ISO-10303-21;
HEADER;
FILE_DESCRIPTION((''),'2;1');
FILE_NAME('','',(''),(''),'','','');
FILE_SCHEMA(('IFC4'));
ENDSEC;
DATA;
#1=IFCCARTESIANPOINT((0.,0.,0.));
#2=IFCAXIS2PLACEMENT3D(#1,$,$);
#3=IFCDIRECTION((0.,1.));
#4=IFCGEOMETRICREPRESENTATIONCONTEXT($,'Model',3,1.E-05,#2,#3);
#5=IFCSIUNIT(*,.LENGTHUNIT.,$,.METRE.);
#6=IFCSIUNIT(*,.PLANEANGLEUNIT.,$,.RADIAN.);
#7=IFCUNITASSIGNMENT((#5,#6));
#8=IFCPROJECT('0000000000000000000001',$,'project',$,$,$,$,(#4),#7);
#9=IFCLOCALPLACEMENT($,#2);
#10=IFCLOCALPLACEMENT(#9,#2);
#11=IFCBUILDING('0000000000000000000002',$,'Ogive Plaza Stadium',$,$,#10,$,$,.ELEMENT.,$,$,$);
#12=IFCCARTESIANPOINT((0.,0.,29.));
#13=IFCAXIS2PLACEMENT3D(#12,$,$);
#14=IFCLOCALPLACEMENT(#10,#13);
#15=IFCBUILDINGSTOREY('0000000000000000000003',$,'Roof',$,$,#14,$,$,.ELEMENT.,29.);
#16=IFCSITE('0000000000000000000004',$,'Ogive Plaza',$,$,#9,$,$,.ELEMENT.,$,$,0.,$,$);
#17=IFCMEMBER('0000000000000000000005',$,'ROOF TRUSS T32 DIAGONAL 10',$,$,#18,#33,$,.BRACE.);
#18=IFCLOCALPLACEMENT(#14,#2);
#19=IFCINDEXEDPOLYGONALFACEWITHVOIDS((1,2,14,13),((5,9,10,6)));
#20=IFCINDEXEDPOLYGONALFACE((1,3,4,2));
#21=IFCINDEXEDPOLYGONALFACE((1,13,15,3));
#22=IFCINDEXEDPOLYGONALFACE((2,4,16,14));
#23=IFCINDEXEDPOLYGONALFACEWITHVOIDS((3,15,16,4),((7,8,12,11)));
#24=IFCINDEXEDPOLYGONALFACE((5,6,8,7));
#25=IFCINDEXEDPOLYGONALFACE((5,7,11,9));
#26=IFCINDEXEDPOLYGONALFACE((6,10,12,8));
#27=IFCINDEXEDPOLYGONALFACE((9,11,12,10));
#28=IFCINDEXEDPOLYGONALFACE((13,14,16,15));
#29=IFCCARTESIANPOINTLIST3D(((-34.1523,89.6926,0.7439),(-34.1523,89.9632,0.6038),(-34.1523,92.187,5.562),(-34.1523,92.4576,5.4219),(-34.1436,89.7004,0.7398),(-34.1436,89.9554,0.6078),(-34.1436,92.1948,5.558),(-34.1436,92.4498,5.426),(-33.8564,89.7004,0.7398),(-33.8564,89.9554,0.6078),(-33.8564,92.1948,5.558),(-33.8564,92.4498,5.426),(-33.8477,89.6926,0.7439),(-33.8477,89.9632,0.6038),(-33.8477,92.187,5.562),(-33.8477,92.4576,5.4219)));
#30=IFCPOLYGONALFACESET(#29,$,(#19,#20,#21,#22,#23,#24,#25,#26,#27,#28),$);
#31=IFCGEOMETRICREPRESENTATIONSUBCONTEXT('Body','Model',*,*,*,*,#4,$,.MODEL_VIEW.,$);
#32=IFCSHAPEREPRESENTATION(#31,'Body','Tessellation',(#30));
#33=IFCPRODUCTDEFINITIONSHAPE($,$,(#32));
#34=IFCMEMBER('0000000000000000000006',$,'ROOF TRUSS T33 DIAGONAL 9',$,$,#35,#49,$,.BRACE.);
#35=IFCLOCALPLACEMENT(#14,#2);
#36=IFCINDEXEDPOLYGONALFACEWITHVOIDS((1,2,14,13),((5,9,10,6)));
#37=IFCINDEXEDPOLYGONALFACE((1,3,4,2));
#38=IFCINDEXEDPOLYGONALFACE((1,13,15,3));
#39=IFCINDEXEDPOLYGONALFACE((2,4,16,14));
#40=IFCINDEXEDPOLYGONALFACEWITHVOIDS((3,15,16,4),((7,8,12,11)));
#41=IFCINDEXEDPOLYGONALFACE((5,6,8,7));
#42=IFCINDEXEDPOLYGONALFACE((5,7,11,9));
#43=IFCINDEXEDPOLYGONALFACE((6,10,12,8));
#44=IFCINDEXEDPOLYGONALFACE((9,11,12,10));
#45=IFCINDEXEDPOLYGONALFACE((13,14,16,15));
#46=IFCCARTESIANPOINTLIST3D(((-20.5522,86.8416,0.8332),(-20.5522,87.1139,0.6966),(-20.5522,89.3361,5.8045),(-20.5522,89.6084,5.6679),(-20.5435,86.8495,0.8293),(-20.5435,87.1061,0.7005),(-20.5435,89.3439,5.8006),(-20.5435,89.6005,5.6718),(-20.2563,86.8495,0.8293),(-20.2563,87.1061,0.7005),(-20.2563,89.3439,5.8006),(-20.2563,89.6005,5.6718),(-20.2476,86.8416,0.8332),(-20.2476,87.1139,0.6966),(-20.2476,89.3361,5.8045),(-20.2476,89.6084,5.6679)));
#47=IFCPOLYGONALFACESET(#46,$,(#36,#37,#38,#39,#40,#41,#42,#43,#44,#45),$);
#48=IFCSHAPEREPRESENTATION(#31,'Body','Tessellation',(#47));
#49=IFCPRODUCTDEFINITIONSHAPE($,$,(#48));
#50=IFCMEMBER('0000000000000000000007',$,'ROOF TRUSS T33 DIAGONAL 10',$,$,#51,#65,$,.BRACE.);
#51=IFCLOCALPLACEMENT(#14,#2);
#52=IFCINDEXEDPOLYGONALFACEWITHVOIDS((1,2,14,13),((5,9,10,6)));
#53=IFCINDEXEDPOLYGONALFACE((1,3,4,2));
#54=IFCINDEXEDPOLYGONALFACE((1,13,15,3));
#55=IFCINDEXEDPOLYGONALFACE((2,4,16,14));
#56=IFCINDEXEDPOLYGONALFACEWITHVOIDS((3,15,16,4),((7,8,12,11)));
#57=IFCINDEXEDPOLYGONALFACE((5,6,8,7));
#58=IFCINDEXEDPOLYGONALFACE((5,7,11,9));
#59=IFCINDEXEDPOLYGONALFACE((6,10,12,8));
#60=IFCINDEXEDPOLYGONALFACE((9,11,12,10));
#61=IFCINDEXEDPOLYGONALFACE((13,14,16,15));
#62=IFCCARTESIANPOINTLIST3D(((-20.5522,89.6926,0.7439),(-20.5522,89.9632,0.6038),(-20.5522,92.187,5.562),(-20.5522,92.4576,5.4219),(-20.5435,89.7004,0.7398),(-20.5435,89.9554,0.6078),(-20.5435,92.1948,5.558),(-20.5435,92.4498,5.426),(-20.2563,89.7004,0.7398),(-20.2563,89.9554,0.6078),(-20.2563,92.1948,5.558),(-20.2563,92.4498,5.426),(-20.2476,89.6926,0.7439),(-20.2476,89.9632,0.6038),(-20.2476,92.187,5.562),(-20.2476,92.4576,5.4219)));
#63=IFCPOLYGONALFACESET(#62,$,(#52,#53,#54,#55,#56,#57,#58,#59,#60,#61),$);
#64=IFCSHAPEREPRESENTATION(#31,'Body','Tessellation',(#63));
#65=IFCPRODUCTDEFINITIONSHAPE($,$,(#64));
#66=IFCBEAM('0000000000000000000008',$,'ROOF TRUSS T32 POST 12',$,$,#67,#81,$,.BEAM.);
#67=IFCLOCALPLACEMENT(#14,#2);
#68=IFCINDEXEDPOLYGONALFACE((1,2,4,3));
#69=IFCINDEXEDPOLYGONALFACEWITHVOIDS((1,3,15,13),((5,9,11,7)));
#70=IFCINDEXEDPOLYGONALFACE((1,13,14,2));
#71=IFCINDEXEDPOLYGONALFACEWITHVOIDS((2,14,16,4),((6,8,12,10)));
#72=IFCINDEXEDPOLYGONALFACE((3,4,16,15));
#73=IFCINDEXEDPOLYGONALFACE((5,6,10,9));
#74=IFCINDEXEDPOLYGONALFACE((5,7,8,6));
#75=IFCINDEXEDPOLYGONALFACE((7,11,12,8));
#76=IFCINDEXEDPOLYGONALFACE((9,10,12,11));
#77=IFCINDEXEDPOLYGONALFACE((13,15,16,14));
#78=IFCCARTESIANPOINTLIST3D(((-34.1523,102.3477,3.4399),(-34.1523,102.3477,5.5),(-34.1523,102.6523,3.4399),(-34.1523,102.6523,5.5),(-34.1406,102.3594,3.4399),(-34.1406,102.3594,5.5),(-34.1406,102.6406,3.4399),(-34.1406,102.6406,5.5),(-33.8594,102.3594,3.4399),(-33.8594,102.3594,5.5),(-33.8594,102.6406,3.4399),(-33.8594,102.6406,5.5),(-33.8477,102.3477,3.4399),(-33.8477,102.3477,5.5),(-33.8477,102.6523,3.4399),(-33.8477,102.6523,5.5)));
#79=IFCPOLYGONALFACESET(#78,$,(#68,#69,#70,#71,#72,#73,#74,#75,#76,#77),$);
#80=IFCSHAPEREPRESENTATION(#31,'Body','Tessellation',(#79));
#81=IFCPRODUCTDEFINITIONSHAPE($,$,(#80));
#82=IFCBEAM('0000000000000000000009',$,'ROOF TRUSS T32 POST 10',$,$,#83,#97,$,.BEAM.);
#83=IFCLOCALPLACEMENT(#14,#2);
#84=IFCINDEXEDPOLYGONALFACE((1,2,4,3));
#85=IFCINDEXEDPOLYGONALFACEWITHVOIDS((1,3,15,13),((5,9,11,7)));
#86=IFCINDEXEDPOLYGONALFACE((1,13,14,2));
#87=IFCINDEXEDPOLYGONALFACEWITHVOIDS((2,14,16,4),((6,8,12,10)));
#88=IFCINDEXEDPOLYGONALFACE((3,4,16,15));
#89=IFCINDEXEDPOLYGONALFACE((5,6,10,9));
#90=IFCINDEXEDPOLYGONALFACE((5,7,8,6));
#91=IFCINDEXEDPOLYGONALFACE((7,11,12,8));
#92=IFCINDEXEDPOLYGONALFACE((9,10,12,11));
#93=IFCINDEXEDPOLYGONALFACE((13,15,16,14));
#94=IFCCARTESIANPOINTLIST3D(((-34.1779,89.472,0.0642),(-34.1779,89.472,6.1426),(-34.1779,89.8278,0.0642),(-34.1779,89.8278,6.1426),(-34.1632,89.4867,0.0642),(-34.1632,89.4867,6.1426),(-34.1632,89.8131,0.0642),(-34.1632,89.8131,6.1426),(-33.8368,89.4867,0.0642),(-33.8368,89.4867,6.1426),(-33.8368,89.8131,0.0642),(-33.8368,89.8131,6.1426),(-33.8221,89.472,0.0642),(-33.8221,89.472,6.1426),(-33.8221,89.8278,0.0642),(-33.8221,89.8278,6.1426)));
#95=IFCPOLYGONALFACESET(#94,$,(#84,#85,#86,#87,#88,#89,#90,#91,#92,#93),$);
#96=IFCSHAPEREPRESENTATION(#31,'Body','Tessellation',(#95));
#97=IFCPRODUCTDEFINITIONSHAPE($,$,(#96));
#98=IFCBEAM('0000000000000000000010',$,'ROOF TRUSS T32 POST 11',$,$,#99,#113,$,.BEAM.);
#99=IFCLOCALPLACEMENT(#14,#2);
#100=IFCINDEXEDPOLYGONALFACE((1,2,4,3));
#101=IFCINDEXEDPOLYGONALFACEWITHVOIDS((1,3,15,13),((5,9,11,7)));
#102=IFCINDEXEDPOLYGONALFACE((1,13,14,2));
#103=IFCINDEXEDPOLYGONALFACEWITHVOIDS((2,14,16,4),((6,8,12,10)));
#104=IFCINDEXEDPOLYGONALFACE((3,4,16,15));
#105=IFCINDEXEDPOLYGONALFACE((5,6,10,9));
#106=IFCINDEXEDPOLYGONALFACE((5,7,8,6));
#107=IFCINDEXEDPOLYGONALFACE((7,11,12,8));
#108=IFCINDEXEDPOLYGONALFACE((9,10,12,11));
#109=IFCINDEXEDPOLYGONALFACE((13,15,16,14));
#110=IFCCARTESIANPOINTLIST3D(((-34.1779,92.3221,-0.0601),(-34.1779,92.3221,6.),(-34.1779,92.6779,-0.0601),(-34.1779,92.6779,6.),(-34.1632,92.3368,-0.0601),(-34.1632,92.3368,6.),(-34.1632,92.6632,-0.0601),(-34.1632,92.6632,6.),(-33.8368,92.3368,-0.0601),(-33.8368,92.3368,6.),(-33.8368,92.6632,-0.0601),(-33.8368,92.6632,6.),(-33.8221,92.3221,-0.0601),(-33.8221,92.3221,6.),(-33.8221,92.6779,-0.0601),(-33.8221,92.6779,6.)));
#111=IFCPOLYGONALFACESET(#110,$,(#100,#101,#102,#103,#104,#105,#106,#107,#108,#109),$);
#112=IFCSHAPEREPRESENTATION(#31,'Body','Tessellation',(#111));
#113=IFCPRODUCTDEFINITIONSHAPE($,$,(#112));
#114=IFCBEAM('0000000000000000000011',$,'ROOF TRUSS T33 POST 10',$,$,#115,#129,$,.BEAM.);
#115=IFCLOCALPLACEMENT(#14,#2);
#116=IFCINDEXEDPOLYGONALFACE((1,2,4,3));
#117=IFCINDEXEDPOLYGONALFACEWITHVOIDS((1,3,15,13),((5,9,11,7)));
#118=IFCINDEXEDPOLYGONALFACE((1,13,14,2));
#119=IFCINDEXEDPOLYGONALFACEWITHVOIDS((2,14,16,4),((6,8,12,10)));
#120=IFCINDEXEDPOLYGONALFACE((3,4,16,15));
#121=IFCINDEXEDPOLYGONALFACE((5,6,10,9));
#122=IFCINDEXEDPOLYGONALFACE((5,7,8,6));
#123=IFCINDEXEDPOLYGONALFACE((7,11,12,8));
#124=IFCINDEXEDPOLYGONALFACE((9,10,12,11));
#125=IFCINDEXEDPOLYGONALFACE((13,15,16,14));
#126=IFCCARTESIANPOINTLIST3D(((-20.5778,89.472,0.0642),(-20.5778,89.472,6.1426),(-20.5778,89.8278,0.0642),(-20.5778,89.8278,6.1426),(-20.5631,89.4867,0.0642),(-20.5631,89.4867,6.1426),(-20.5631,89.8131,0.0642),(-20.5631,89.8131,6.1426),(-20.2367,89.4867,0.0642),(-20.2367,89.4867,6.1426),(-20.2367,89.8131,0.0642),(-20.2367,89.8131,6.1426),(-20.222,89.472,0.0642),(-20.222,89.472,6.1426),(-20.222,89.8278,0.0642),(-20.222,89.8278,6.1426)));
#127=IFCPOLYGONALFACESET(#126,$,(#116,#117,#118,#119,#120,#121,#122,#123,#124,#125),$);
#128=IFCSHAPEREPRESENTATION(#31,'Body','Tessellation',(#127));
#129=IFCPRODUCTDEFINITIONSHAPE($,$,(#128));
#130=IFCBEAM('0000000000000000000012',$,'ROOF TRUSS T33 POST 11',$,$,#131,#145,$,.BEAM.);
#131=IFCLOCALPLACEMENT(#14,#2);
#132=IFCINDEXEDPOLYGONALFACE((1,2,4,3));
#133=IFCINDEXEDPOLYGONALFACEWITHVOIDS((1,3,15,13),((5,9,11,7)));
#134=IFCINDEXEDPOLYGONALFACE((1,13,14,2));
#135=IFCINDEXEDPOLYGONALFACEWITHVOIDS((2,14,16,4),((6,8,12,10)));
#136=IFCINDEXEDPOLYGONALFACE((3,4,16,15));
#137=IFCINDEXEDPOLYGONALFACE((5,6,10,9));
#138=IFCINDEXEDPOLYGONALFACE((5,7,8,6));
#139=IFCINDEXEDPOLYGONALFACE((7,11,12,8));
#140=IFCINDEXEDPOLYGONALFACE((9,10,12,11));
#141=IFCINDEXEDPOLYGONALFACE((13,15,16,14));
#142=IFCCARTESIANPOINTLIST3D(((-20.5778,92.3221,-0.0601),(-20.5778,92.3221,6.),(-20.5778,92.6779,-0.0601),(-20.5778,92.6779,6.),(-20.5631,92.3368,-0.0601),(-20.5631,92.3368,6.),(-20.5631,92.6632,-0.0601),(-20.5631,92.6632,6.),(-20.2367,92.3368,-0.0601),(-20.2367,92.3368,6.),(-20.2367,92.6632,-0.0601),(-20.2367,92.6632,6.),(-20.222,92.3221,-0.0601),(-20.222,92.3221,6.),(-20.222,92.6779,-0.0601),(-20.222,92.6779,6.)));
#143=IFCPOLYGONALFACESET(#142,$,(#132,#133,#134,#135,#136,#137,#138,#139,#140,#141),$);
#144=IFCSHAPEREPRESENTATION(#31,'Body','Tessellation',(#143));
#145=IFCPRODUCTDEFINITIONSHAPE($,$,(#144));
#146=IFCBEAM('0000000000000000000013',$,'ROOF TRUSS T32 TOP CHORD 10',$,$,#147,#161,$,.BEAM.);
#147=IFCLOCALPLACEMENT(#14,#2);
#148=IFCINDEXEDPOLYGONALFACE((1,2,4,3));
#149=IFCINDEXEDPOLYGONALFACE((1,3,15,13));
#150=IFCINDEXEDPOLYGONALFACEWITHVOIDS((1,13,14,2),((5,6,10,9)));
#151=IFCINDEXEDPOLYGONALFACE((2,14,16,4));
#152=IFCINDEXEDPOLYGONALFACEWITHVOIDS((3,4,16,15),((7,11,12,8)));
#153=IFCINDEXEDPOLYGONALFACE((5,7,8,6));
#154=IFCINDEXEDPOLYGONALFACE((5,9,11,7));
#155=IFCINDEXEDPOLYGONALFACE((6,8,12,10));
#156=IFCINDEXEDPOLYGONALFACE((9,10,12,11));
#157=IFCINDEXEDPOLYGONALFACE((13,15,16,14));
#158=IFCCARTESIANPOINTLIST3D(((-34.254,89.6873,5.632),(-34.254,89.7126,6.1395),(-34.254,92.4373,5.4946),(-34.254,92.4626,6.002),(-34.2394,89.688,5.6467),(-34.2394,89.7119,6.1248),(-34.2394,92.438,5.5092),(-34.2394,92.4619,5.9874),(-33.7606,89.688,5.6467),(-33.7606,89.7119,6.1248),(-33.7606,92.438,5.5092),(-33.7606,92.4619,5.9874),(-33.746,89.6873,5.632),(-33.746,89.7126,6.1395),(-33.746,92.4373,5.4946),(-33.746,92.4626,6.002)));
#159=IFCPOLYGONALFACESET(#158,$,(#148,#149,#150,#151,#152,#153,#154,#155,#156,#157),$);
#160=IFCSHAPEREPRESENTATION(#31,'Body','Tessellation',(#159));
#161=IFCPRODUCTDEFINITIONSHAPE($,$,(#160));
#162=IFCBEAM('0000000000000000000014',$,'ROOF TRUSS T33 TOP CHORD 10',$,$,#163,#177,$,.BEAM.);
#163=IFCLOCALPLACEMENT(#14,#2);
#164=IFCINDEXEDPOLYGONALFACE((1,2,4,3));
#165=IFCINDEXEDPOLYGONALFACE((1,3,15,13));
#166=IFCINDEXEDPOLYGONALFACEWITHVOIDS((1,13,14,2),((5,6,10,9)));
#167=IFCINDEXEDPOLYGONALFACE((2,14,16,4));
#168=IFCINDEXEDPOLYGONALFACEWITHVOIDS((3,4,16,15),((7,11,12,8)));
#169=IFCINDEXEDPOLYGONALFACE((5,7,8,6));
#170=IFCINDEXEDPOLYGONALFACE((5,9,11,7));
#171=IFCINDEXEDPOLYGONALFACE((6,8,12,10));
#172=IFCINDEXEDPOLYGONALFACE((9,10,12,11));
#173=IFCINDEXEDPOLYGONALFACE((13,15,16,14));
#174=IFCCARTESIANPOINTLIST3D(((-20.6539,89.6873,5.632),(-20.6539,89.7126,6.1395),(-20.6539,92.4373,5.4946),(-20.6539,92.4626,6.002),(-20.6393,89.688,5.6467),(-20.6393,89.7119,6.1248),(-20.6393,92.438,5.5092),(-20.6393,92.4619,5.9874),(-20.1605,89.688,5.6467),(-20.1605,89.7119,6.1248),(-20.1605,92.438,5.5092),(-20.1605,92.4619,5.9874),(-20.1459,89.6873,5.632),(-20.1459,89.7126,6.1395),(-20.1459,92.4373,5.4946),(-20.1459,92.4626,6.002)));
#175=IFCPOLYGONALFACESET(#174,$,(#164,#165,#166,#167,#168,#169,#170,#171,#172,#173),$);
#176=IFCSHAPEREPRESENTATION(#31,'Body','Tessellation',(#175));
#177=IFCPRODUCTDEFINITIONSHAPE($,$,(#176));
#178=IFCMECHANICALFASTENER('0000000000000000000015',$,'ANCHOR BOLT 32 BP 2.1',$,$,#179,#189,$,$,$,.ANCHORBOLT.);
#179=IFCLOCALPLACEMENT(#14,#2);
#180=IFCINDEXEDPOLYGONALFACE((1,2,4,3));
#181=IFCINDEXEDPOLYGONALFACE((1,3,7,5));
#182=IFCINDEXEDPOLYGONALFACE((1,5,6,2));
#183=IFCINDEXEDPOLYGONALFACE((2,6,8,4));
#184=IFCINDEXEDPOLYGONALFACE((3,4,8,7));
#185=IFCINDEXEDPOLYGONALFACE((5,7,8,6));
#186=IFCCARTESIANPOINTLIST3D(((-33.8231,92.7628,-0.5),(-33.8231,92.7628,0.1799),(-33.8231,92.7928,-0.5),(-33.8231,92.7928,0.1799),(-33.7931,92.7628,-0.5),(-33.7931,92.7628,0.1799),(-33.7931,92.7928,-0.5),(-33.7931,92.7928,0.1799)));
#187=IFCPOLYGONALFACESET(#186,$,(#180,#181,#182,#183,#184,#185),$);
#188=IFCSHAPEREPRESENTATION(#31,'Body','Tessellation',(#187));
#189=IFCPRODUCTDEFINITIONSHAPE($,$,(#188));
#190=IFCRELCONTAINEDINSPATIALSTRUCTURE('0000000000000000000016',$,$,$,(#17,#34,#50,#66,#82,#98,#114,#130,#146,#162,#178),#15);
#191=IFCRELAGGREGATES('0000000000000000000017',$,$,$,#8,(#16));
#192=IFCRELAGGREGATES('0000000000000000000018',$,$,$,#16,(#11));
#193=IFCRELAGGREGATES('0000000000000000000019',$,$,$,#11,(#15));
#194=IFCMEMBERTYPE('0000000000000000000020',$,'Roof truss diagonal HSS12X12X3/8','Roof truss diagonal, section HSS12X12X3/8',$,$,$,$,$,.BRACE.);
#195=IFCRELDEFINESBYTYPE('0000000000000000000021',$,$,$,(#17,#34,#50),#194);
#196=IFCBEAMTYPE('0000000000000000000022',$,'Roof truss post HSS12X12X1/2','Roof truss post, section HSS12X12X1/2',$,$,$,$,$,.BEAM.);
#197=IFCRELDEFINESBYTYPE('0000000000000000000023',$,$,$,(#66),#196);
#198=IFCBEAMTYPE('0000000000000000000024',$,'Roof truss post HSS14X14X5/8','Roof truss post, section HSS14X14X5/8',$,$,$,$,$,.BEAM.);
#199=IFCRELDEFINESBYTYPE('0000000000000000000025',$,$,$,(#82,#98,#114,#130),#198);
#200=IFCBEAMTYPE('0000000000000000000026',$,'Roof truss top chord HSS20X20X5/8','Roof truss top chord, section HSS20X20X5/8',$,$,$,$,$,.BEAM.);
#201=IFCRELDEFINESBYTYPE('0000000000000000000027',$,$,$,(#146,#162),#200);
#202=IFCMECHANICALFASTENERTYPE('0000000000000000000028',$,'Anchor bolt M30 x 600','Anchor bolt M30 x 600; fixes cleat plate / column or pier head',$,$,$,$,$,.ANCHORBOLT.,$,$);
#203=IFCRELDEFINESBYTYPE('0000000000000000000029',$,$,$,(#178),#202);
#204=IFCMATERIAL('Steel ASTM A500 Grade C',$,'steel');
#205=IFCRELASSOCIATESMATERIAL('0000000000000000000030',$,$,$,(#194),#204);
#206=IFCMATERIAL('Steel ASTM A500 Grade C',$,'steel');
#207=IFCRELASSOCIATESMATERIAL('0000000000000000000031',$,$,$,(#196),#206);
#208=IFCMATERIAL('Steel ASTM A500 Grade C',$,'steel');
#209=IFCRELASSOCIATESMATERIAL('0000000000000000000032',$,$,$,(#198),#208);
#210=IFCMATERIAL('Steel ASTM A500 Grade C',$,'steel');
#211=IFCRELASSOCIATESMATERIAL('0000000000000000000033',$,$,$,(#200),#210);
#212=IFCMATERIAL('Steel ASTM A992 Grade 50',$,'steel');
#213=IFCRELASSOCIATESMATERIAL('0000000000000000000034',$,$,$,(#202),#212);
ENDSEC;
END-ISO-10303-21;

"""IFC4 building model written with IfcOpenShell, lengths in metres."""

from ifc_helpers import new_model, si_unit, direction, frame, origin, origin_2d, place, context, subcontext, project, spatial, rectangle, hollow_rectangle, extrude, material, material_profile, profile_set, type_object, element, save


model = new_model("IFC4")

# Units and contexts
model_context = context("Model", 3, precision=1e-05, world=origin(), true_north=direction((0.0, 1.0)))
body_context = subcontext(model_context, "Body", "Model", "MODEL_VIEW")
ifc_project = project(units=[si_unit("LENGTHUNIT", "METRE"), si_unit("PLANEANGLEUNIT", "RADIAN")], contexts=[model_context])

# Site, building, storey
site_placement = place(None, origin())
site = spatial("IfcSite", under=ifc_project, at=site_placement, Name="Ogive Plaza", CompositionType="ELEMENT", RefElevation=0.0)
building_placement = place(site_placement, origin())
building = spatial("IfcBuilding", under=site, at=building_placement, Name="Ogive Plaza Stadium", CompositionType="ELEMENT")
storey_placement = place(building_placement, frame((0.0, 0.0, 29.0)))
storey = spatial("IfcBuildingStorey", under=building, at=storey_placement, Name="Roof", CompositionType="ELEMENT", Elevation=29.0)

# Members
ifc_material_1 = material(Name="Steel ASTM A500 Grade C", Category="steel")
ifc_material_profile_1 = material_profile(ifc_material_1, hollow_rectangle(XDim=0.3047, YDim=0.3047, WallThickness=0.0088, at=origin_2d()), Name="HSS12X12X3/8")
ifc_profile_set_1 = profile_set([ifc_material_profile_1], Name="Steel ASTM A500 Grade C")
member_type_1 = type_object("IfcMemberType", Name="Roof truss diagonal HSS12X12X3/8", Description="Roof truss diagonal, section HSS12X12X3/8", PredefinedType="BRACE", material=ifc_profile_set_1)
member_1_placement = place(storey_placement, frame((-34.0, 89.8279, 0.6738), z_axis=(0.0, 0.459751, 0.888048), x_axis=(-1.0, 0.0, 0.0)))
element("IfcMember", 1, at=member_1_placement, inside=storey, type_object=member_type_1, Name="ROOF TRUSS T32 DIAGONAL 10", PredefinedType="BRACE", context=body_context, shape_type="SweptSolid", body=[
    extrude(hollow_rectangle(XDim=0.3047, YDim=0.3047, WallThickness=0.0088, at=origin_2d()), origin(), (0.0, 0.0, 1.0), 5.4255),
])
member_2_placement = place(storey_placement, frame((-20.3999, 86.9778, 0.7649), z_axis=(0.0, 0.448477, 0.893794), x_axis=(-1.0, 0.0, 0.0)))
element("IfcMember", 2, at=member_2_placement, inside=storey, type_object=member_type_1, Name="ROOF TRUSS T33 DIAGONAL 9", PredefinedType="BRACE", context=body_context, shape_type="SweptSolid", body=[
    extrude(hollow_rectangle(XDim=0.3047, YDim=0.3047, WallThickness=0.0088, at=origin_2d()), origin(), (0.0, 0.0, 1.0), 5.562),
])
member_3_placement = place(storey_placement, frame((-20.3999, 89.8279, 0.6738), z_axis=(0.0, 0.459751, 0.888048), x_axis=(-1.0, 0.0, 0.0)))
element("IfcMember", 3, at=member_3_placement, inside=storey, type_object=member_type_1, Name="ROOF TRUSS T33 DIAGONAL 10", PredefinedType="BRACE", context=body_context, shape_type="SweptSolid", body=[
    extrude(hollow_rectangle(XDim=0.3047, YDim=0.3047, WallThickness=0.0088, at=origin_2d()), origin(), (0.0, 0.0, 1.0), 5.4255),
])

# Beams
ifc_material_2 = material(Name="Steel ASTM A500 Grade C", Category="steel")
ifc_material_profile_2 = material_profile(ifc_material_2, hollow_rectangle(XDim=0.3047, YDim=0.3047, WallThickness=0.0117, at=origin_2d()), Name="HSS12X12X1/2")
ifc_profile_set_2 = profile_set([ifc_material_profile_2], Name="Steel ASTM A500 Grade C")
beam_type_1 = type_object("IfcBeamType", Name="Roof truss post HSS12X12X1/2", Description="Roof truss post, section HSS12X12X1/2", PredefinedType="BEAM", material=ifc_profile_set_2)
beam_1_placement = place(storey_placement, frame((-34.0, 102.5, 3.4399), z_axis=(0.0, 0.0, 1.0), x_axis=(-1.0, 0.0, 0.0)))
element("IfcBeam", 4, at=beam_1_placement, inside=storey, type_object=beam_type_1, Name="ROOF TRUSS T32 POST 12", PredefinedType="BEAM", context=body_context, shape_type="SweptSolid", body=[
    extrude(hollow_rectangle(XDim=0.3047, YDim=0.3047, WallThickness=0.0117, at=origin_2d()), origin(), (0.0, 0.0, 1.0), 2.0601),
])
ifc_material_3 = material(Name="Steel ASTM A500 Grade C", Category="steel")
ifc_material_profile_3 = material_profile(ifc_material_3, hollow_rectangle(XDim=0.3557, YDim=0.3557, WallThickness=0.0146, at=origin_2d()), Name="HSS14X14X5/8")
ifc_profile_set_3 = profile_set([ifc_material_profile_3], Name="Steel ASTM A500 Grade C")
beam_type_2 = type_object("IfcBeamType", Name="Roof truss post HSS14X14X5/8", Description="Roof truss post, section HSS14X14X5/8", PredefinedType="BEAM", material=ifc_profile_set_3)
beam_2_placement = place(storey_placement, frame((-34.0, 89.6499, 0.0642), z_axis=(0.0, 0.0, 1.0), x_axis=(-1.0, 0.0, 0.0)))
element("IfcBeam", 5, at=beam_2_placement, inside=storey, type_object=beam_type_2, Name="ROOF TRUSS T32 POST 10", PredefinedType="BEAM", context=body_context, shape_type="SweptSolid", body=[
    extrude(hollow_rectangle(XDim=0.3557, YDim=0.3557, WallThickness=0.0146, at=origin_2d()), origin(), (0.0, 0.0, 1.0), 6.0784),
])
beam_3_placement = place(storey_placement, frame((-34.0, 92.5, -0.0601), z_axis=(0.0, 0.0, 1.0), x_axis=(-1.0, 0.0, 0.0)))
element("IfcBeam", 6, at=beam_3_placement, inside=storey, type_object=beam_type_2, Name="ROOF TRUSS T32 POST 11", PredefinedType="BEAM", context=body_context, shape_type="SweptSolid", body=[
    extrude(hollow_rectangle(XDim=0.3557, YDim=0.3557, WallThickness=0.0146, at=origin_2d()), origin(), (0.0, 0.0, 1.0), 6.0601),
])
beam_4_placement = place(storey_placement, frame((-20.3999, 89.6499, 0.0642), z_axis=(0.0, 0.0, 1.0), x_axis=(-1.0, 0.0, 0.0)))
element("IfcBeam", 7, at=beam_4_placement, inside=storey, type_object=beam_type_2, Name="ROOF TRUSS T33 POST 10", PredefinedType="BEAM", context=body_context, shape_type="SweptSolid", body=[
    extrude(hollow_rectangle(XDim=0.3557, YDim=0.3557, WallThickness=0.0146, at=origin_2d()), origin(), (0.0, 0.0, 1.0), 6.0784),
])
beam_5_placement = place(storey_placement, frame((-20.3999, 92.5, -0.0601), z_axis=(0.0, 0.0, 1.0), x_axis=(-1.0, 0.0, 0.0)))
element("IfcBeam", 8, at=beam_5_placement, inside=storey, type_object=beam_type_2, Name="ROOF TRUSS T33 POST 11", PredefinedType="BEAM", context=body_context, shape_type="SweptSolid", body=[
    extrude(hollow_rectangle(XDim=0.3557, YDim=0.3557, WallThickness=0.0146, at=origin_2d()), origin(), (0.0, 0.0, 1.0), 6.0601),
])
ifc_material_4 = material(Name="Steel ASTM A500 Grade C", Category="steel")
ifc_material_profile_4 = material_profile(ifc_material_4, hollow_rectangle(XDim=0.5081, YDim=0.5081, WallThickness=0.0146, at=origin_2d()), Name="HSS20X20X5/8")
ifc_profile_set_4 = profile_set([ifc_material_profile_4], Name="Steel ASTM A500 Grade C")
beam_type_3 = type_object("IfcBeamType", Name="Roof truss top chord HSS20X20X5/8", Description="Roof truss top chord, section HSS20X20X5/8", PredefinedType="BEAM", material=ifc_profile_set_4)
for number, where, z_axis, x_axis, name in (
    (9, (-34.0, 89.7, 5.8857), (0.0, 0.998753, -0.04992), (-1.0, 0.0, 0.0), "ROOF TRUSS T32 TOP CHORD 10"),
    (10, (-20.3999, 89.7, 5.8857), (0.0, 0.998753, -0.04992), (-1.0, 0.0, 0.0), "ROOF TRUSS T33 TOP CHORD 10"),
):
    element("IfcBeam", number, at=place(storey_placement, frame(where, z_axis=z_axis, x_axis=x_axis)), inside=storey, type_object=beam_type_3, Name=name, PredefinedType="BEAM", context=body_context, shape_type="SweptSolid", body=[
        extrude(hollow_rectangle(XDim=0.5081, YDim=0.5081, WallThickness=0.0146, at=origin_2d()), origin(), (0.0, 0.0, 1.0), 2.7534),
    ])

# Mechanical fastener
ifc_material_5 = material(Name="Steel ASTM A992 Grade 50", Category="steel")
mechanical_fastener_type = type_object("IfcMechanicalFastenerType", Name="Anchor bolt M30 x 600", Description="Anchor bolt M30 x 600; fixes cleat plate / column or pier head", PredefinedType="ANCHORBOLT", material=ifc_material_5)
for number, where, z_axis, x_axis, name in (
    (11, (-33.8081, 92.7778, -0.5), (0.0, 0.0, 1.0), (0.0, 1.0, 0.0), "ANCHOR BOLT 32 BP 2.1"),
):
    element("IfcMechanicalFastener", number, at=place(storey_placement, frame(where, z_axis=z_axis, x_axis=x_axis)), inside=storey, type_object=mechanical_fastener_type, Name=name, PredefinedType="ANCHORBOLT", context=body_context, shape_type="SweptSolid", body=[
        extrude(rectangle(XDim=0.03, YDim=0.03, at=origin_2d()), origin(), (0.0, 0.0, 1.0), 0.6799),
    ])

save(model, "model.ifc")
